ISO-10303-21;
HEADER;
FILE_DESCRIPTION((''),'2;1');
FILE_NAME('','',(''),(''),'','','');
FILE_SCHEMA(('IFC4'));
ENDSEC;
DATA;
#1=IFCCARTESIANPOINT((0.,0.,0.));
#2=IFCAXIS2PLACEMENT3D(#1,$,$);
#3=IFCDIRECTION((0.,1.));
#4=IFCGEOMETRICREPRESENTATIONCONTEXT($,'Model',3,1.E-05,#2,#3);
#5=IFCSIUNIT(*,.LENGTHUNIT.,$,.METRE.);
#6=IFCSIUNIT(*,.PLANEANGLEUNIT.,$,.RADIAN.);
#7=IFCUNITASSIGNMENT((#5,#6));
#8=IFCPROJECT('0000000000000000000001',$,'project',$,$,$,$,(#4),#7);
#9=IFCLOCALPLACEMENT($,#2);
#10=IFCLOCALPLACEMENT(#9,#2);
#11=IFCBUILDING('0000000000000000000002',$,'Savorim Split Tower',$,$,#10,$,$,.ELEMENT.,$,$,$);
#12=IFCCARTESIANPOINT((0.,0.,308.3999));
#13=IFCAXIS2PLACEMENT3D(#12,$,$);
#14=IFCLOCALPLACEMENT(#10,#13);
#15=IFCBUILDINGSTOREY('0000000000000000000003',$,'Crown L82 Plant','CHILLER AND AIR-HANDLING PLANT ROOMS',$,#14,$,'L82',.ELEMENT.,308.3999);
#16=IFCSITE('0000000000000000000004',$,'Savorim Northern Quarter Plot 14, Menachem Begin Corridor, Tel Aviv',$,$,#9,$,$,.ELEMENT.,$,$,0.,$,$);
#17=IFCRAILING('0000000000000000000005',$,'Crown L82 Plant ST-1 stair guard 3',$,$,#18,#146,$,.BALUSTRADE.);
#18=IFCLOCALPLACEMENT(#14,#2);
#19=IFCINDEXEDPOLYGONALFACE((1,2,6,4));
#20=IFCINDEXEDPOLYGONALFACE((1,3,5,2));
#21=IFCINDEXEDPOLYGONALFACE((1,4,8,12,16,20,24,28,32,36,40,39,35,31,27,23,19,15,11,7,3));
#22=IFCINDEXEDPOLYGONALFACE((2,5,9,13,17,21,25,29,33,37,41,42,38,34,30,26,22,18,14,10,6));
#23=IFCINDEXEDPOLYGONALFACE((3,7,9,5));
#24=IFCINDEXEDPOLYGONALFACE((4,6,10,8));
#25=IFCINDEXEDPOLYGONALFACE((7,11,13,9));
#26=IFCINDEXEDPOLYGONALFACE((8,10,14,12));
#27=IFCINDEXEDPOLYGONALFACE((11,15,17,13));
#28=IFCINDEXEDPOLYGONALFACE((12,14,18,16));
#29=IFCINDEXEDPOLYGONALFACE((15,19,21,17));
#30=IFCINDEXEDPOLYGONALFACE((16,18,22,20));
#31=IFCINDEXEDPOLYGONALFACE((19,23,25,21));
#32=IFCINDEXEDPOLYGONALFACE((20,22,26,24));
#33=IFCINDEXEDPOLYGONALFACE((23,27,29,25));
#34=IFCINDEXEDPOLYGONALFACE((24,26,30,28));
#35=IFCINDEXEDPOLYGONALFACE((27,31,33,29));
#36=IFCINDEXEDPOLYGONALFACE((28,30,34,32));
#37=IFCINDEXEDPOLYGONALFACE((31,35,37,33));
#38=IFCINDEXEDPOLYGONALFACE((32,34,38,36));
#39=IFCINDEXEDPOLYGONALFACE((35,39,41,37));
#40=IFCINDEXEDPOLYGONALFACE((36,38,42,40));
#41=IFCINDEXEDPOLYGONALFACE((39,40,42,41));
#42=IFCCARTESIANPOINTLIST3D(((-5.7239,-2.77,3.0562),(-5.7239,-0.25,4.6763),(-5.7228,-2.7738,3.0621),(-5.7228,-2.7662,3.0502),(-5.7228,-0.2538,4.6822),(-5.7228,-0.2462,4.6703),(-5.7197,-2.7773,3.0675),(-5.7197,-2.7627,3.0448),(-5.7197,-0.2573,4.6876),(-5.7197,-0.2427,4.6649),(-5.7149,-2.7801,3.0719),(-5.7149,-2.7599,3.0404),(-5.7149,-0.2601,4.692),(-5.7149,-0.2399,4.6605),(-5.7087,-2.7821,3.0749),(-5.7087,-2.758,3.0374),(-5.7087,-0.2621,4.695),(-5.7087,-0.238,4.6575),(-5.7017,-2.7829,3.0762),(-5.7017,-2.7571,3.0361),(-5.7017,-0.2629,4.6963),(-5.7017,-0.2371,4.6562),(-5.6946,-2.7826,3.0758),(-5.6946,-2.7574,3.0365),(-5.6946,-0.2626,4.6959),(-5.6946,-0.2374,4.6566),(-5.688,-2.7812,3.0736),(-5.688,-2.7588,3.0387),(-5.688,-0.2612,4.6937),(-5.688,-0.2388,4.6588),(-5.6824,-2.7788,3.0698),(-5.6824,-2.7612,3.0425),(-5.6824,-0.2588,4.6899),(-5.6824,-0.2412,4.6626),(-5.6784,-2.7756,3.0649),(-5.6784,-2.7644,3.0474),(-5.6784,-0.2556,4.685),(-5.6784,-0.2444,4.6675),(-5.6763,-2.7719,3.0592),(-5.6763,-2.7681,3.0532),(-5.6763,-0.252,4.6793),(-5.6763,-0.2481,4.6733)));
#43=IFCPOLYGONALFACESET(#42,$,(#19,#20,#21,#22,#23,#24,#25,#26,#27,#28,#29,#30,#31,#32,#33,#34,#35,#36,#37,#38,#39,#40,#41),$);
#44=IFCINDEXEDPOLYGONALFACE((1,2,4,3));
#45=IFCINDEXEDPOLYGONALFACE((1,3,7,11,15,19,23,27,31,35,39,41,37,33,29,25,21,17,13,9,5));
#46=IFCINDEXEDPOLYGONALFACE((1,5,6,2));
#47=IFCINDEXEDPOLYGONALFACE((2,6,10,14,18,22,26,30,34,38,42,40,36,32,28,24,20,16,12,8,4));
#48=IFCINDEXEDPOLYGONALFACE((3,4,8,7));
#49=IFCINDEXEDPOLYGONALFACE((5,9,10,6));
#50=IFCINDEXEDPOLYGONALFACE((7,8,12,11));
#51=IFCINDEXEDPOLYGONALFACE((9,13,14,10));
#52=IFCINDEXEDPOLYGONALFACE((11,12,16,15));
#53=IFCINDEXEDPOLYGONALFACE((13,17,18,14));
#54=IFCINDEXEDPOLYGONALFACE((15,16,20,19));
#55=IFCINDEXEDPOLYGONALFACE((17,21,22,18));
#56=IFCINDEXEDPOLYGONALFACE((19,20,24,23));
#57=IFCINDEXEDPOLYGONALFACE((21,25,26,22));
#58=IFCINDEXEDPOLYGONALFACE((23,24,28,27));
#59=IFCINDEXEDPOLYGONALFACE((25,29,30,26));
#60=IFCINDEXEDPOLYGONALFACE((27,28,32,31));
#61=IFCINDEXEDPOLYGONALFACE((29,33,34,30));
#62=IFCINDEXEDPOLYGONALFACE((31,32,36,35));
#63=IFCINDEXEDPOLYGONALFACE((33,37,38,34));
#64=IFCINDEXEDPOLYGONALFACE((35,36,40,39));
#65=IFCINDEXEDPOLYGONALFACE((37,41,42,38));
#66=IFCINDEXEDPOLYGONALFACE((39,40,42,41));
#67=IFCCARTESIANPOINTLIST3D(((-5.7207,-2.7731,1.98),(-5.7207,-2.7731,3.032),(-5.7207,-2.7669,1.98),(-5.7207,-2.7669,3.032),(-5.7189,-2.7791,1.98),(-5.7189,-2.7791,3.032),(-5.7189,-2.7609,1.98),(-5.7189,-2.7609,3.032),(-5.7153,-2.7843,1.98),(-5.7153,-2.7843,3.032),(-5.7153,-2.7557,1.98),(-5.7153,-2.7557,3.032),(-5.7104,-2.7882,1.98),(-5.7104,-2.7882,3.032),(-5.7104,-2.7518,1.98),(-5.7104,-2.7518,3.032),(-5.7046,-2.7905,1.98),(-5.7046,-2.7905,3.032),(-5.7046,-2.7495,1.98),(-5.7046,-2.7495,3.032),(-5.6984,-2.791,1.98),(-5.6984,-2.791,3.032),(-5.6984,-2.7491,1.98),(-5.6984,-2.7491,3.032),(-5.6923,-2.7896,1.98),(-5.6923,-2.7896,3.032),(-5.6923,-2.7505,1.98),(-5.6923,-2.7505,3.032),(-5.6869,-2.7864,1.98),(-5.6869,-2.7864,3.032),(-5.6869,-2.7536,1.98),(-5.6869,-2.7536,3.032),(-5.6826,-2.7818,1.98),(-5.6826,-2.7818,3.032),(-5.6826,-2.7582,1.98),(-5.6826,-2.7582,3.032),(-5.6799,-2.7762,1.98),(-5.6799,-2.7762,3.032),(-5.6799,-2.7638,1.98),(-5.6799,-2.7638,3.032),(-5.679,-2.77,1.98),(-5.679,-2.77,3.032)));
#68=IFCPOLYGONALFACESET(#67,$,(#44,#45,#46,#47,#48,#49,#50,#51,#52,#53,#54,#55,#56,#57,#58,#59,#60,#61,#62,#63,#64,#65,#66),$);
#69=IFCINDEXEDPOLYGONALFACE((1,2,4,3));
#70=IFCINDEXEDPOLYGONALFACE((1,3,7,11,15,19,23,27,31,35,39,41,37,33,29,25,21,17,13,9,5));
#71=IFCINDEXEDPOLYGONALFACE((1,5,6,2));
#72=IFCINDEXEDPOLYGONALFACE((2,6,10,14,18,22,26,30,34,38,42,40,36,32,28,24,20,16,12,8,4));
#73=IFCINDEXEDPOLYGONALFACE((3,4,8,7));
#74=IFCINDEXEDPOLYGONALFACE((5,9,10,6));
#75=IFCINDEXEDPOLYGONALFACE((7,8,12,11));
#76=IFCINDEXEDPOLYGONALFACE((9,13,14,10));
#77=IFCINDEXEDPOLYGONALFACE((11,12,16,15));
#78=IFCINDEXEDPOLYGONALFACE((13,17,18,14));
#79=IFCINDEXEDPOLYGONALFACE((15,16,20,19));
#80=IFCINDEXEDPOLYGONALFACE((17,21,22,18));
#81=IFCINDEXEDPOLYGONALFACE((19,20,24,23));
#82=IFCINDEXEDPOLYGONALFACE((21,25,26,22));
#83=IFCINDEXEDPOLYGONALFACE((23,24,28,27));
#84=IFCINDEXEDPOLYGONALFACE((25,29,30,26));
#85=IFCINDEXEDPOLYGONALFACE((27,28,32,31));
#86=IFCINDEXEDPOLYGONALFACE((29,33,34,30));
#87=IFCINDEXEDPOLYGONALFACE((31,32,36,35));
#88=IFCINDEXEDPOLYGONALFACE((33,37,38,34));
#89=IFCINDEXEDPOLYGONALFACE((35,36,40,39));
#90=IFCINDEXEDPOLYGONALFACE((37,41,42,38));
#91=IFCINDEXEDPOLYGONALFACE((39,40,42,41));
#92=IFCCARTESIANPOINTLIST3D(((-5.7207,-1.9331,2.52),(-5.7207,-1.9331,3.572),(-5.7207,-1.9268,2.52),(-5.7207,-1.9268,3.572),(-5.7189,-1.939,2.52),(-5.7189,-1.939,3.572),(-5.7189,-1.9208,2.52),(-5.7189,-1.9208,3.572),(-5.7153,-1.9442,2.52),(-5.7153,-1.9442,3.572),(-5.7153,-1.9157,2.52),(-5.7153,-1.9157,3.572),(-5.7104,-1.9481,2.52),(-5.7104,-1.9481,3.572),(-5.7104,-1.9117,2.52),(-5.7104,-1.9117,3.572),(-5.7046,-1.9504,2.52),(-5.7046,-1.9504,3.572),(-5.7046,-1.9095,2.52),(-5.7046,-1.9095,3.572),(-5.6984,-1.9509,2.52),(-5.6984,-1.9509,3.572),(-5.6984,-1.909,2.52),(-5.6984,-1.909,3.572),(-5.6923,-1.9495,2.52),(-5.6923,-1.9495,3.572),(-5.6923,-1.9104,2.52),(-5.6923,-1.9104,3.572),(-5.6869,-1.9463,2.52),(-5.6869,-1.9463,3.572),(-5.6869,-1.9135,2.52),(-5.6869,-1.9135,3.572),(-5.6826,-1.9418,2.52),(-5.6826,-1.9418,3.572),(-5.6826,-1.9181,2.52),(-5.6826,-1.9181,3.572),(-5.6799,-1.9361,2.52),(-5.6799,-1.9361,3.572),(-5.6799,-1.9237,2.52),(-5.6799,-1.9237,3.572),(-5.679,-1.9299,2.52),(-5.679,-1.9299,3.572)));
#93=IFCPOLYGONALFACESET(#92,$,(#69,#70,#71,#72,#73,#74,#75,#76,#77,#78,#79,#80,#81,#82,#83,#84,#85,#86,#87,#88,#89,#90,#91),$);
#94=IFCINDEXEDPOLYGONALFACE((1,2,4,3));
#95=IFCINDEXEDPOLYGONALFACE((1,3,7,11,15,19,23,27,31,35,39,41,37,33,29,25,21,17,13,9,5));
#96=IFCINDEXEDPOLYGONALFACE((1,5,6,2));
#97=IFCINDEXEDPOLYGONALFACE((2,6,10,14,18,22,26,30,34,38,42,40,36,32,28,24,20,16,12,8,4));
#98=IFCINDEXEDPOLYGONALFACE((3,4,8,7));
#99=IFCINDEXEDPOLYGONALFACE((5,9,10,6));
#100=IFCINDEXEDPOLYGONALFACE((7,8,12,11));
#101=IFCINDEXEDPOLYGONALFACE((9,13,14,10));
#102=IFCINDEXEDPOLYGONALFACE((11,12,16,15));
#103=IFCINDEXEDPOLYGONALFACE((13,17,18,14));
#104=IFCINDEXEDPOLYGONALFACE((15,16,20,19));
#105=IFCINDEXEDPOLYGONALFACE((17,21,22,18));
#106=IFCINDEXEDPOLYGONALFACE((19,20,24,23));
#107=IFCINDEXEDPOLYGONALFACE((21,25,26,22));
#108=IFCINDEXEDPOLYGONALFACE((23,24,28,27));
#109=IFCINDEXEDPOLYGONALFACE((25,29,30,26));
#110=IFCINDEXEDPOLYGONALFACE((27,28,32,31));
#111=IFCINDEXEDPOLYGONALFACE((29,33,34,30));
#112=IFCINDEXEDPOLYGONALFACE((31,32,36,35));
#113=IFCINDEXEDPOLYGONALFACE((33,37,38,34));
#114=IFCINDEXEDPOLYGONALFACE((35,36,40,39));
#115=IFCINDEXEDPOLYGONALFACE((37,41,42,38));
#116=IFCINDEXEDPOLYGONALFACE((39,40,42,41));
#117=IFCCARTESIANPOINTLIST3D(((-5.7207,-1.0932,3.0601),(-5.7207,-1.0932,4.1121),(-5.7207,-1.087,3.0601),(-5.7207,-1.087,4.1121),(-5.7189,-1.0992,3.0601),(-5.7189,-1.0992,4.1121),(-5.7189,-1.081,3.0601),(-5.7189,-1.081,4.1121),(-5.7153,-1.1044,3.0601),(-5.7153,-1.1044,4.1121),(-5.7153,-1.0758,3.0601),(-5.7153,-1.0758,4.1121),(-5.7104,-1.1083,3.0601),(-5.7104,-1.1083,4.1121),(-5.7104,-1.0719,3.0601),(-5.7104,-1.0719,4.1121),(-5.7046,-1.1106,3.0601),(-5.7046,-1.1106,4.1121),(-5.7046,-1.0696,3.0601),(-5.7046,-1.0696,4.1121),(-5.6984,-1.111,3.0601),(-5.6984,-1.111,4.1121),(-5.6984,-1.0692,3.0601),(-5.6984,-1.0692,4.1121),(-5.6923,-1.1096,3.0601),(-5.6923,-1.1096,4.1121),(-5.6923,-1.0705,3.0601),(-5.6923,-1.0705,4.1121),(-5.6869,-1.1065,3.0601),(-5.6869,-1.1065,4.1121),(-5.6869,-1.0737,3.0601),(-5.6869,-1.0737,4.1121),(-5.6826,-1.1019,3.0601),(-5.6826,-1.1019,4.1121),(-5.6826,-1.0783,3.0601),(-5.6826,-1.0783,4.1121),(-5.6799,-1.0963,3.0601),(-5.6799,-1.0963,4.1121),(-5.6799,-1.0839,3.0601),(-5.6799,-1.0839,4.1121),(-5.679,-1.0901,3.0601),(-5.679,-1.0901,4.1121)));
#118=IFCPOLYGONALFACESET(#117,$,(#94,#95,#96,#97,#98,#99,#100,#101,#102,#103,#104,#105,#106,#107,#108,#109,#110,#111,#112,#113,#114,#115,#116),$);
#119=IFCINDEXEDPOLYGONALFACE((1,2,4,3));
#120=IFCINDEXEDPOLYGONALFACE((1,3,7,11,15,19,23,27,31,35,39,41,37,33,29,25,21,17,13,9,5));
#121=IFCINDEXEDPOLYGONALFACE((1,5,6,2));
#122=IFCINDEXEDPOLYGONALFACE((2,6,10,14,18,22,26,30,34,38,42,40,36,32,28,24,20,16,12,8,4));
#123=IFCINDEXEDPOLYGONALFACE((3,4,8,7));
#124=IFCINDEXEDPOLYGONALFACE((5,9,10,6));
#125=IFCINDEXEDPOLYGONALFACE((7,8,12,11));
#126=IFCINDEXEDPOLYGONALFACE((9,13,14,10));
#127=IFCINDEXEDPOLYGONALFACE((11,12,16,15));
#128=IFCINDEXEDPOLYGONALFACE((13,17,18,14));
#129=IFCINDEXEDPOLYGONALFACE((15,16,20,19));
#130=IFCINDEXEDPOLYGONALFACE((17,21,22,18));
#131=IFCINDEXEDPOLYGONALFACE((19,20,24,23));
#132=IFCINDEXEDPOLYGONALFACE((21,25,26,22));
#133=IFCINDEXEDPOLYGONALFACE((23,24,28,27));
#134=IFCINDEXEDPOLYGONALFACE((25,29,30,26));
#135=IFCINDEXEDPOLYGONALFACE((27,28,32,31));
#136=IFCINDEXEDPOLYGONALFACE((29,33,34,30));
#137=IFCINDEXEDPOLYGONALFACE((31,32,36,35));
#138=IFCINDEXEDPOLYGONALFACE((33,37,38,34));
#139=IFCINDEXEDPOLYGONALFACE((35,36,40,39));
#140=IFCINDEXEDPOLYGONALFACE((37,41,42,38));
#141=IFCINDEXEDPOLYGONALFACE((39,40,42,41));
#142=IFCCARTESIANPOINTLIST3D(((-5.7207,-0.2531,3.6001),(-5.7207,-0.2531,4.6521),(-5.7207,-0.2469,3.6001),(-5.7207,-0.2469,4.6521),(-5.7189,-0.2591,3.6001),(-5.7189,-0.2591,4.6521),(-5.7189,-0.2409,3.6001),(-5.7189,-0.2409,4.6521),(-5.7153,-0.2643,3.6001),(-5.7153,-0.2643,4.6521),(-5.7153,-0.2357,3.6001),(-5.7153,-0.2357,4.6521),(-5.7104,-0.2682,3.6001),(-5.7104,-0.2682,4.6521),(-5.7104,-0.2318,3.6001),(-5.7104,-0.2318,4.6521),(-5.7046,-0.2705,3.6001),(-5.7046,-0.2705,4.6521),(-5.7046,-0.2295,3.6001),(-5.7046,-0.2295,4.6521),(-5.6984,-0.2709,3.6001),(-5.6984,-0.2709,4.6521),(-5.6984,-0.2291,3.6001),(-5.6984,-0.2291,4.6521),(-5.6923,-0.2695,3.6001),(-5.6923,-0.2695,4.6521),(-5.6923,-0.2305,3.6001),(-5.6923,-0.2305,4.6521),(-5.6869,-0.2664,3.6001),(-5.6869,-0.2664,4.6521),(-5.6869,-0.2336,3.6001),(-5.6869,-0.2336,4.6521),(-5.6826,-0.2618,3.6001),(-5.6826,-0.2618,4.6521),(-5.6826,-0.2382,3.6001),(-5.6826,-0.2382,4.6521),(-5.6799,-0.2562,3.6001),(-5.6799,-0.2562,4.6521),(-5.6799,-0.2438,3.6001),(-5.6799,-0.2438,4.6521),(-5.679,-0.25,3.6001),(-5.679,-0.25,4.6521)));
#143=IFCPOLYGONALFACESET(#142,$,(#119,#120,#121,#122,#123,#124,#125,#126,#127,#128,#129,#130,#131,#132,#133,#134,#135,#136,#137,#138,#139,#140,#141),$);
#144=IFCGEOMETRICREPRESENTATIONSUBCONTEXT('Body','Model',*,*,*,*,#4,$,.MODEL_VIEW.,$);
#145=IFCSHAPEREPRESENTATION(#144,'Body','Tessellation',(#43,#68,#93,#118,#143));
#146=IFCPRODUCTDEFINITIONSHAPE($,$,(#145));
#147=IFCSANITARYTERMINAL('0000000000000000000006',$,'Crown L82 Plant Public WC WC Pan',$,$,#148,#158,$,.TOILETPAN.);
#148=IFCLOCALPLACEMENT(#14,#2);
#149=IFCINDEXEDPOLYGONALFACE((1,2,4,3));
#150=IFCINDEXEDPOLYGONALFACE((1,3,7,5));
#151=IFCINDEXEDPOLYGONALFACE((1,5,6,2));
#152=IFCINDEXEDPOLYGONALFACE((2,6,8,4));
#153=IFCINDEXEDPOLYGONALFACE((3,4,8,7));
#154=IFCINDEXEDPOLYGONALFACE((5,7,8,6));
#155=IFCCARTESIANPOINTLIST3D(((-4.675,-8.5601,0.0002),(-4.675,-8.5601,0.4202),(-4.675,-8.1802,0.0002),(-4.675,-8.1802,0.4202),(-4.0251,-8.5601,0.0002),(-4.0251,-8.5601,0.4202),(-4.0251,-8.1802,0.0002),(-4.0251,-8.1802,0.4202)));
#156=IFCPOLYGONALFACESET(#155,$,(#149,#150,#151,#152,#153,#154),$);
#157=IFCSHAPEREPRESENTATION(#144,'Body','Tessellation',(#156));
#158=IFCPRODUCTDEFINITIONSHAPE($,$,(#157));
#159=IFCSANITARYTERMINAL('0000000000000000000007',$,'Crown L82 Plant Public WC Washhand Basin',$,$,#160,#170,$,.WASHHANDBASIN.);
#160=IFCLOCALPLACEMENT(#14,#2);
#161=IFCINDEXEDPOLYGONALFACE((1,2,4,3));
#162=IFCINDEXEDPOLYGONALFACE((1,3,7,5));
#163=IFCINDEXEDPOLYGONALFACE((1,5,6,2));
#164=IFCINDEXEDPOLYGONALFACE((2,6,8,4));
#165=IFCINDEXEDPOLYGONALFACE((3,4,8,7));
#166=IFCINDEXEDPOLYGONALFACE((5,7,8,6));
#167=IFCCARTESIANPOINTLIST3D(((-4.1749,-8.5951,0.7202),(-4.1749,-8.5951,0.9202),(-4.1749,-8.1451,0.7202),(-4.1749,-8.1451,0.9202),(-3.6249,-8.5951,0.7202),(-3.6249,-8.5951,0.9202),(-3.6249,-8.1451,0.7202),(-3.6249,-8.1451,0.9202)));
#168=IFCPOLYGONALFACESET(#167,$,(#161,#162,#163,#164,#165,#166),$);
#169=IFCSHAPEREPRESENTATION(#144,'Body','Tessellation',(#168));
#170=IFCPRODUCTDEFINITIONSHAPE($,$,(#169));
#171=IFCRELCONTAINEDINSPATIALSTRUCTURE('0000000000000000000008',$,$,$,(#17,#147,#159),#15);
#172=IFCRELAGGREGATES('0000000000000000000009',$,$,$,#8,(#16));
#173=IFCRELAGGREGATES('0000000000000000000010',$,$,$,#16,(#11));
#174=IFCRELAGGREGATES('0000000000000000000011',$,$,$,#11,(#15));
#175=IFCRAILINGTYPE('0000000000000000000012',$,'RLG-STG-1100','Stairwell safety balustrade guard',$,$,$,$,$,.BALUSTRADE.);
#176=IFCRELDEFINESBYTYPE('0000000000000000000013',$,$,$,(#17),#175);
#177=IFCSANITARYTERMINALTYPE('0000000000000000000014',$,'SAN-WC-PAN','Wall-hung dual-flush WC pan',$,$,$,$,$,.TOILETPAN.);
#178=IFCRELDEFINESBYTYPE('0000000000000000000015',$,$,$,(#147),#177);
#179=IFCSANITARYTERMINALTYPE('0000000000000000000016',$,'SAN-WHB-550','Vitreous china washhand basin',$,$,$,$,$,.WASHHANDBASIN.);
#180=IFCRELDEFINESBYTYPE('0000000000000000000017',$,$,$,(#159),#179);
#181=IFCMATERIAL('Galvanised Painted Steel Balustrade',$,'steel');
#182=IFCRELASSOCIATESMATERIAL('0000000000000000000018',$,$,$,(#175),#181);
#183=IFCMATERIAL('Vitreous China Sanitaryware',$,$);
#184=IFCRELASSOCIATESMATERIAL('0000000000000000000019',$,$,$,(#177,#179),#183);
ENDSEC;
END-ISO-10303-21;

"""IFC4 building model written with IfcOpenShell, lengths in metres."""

from ifc_helpers import new_model, si_unit, direction, frame, origin, origin_2d, place, context, subcontext, project, spatial, rectangle, circle, extrude, material, type_object, element, save


model = new_model("IFC4")

# Units and contexts
model_context = context("Model", 3, precision=1e-05, world=origin(), true_north=direction((0.0, 1.0)))
body_context = subcontext(model_context, "Body", "Model", "MODEL_VIEW")
ifc_project = project(units=[si_unit("LENGTHUNIT", "METRE"), si_unit("PLANEANGLEUNIT", "RADIAN")], contexts=[model_context])

# Site, building, storey
site_placement = place(None, origin())
site = spatial("IfcSite", under=ifc_project, at=site_placement, Name="Savorim Northern Quarter Plot 14, Menachem Begin Corridor, Tel Aviv", CompositionType="ELEMENT", RefElevation=0.0)
building_placement = place(site_placement, origin())
building = spatial("IfcBuilding", under=site, at=building_placement, Name="Savorim Split Tower", CompositionType="ELEMENT")
storey_placement = place(building_placement, frame((0.0, 0.0, 308.3999)))
storey = spatial("IfcBuildingStorey", under=building, at=storey_placement, Name="Crown L82 Plant", Description="CHILLER AND AIR-HANDLING PLANT ROOMS", LongName="L82", CompositionType="ELEMENT", Elevation=308.3999)

# Railing
ifc_material_1 = material(Name="Galvanised Painted Steel Balustrade", Category="steel")
railing_type = type_object("IfcRailingType", Name="RLG-STG-1100", Description="Stairwell safety balustrade guard", PredefinedType="BALUSTRADE", material=ifc_material_1)
railing_1_placement = place(storey_placement, frame((-5.7, -2.77, 1.98)))
element("IfcRailing", 1, at=railing_1_placement, inside=storey, type_object=railing_type, Name="Crown L82 Plant ST-1 stair guard 3", PredefinedType="BALUSTRADE", context=body_context, shape_type="SweptSolid", body=[
    extrude(circle(Radius=0.0239, at=origin_2d()), frame((0.0, 0.0, 1.0762), z_axis=(0.0, 0.841163, 0.540782), x_axis=(-1.0, 0.0, 0.0)), (0.0, 0.0, 1.0), 2.9958),
    extrude(circle(Radius=0.021, at=origin_2d()), origin(), (0.0, 0.0, 1.0), 1.052),
    extrude(circle(Radius=0.021, at=origin_2d()), frame((0.0, 0.8401, 0.54)), (0.0, 0.0, 1.0), 1.052),
    extrude(circle(Radius=0.021, at=origin_2d()), frame((0.0, 1.6799, 1.0801)), (0.0, 0.0, 1.0), 1.052),
    extrude(circle(Radius=0.021, at=origin_2d()), frame((0.0, 2.52, 1.6201)), (0.0, 0.0, 1.0), 1.052),
])

# Sanitary terminals
ifc_material_2 = material(Name="Vitreous China Sanitaryware")
sanitary_terminal_type_1 = type_object("IfcSanitaryTerminalType", Name="SAN-WC-PAN", Description="Wall-hung dual-flush WC pan", PredefinedType="TOILETPAN", material=ifc_material_2)
sanitary_terminal_1_placement = place(storey_placement, frame((-4.3501, -8.3701, 0.0002), z_axis=(0.0, 0.0, 1.0), x_axis=(1.0, 0.0, 0.0)))
element("IfcSanitaryTerminal", 2, at=sanitary_terminal_1_placement, inside=storey, type_object=sanitary_terminal_type_1, Name="Crown L82 Plant Public WC WC Pan", PredefinedType="TOILETPAN", context=body_context, shape_type="SweptSolid", body=[
    extrude(rectangle(XDim=0.6499, YDim=0.3799, at=origin_2d()), origin(), (0.0, 0.0, 1.0), 0.4199),
])
sanitary_terminal_type_2 = type_object("IfcSanitaryTerminalType", Name="SAN-WHB-550", Description="Vitreous china washhand basin", PredefinedType="WASHHANDBASIN", material=ifc_material_2)
sanitary_terminal_2_placement = place(storey_placement, frame((-3.8999, -8.3701, 0.7202), z_axis=(0.0, 0.0, 1.0), x_axis=(1.0, 0.0, 0.0)))
element("IfcSanitaryTerminal", 3, at=sanitary_terminal_2_placement, inside=storey, type_object=sanitary_terminal_type_2, Name="Crown L82 Plant Public WC Washhand Basin", PredefinedType="WASHHANDBASIN", context=body_context, shape_type="SweptSolid", body=[
    extrude(rectangle(XDim=0.55, YDim=0.45, at=origin_2d()), origin(), (0.0, 0.0, 1.0), 0.2),
])

save(model, "model.ifc")
